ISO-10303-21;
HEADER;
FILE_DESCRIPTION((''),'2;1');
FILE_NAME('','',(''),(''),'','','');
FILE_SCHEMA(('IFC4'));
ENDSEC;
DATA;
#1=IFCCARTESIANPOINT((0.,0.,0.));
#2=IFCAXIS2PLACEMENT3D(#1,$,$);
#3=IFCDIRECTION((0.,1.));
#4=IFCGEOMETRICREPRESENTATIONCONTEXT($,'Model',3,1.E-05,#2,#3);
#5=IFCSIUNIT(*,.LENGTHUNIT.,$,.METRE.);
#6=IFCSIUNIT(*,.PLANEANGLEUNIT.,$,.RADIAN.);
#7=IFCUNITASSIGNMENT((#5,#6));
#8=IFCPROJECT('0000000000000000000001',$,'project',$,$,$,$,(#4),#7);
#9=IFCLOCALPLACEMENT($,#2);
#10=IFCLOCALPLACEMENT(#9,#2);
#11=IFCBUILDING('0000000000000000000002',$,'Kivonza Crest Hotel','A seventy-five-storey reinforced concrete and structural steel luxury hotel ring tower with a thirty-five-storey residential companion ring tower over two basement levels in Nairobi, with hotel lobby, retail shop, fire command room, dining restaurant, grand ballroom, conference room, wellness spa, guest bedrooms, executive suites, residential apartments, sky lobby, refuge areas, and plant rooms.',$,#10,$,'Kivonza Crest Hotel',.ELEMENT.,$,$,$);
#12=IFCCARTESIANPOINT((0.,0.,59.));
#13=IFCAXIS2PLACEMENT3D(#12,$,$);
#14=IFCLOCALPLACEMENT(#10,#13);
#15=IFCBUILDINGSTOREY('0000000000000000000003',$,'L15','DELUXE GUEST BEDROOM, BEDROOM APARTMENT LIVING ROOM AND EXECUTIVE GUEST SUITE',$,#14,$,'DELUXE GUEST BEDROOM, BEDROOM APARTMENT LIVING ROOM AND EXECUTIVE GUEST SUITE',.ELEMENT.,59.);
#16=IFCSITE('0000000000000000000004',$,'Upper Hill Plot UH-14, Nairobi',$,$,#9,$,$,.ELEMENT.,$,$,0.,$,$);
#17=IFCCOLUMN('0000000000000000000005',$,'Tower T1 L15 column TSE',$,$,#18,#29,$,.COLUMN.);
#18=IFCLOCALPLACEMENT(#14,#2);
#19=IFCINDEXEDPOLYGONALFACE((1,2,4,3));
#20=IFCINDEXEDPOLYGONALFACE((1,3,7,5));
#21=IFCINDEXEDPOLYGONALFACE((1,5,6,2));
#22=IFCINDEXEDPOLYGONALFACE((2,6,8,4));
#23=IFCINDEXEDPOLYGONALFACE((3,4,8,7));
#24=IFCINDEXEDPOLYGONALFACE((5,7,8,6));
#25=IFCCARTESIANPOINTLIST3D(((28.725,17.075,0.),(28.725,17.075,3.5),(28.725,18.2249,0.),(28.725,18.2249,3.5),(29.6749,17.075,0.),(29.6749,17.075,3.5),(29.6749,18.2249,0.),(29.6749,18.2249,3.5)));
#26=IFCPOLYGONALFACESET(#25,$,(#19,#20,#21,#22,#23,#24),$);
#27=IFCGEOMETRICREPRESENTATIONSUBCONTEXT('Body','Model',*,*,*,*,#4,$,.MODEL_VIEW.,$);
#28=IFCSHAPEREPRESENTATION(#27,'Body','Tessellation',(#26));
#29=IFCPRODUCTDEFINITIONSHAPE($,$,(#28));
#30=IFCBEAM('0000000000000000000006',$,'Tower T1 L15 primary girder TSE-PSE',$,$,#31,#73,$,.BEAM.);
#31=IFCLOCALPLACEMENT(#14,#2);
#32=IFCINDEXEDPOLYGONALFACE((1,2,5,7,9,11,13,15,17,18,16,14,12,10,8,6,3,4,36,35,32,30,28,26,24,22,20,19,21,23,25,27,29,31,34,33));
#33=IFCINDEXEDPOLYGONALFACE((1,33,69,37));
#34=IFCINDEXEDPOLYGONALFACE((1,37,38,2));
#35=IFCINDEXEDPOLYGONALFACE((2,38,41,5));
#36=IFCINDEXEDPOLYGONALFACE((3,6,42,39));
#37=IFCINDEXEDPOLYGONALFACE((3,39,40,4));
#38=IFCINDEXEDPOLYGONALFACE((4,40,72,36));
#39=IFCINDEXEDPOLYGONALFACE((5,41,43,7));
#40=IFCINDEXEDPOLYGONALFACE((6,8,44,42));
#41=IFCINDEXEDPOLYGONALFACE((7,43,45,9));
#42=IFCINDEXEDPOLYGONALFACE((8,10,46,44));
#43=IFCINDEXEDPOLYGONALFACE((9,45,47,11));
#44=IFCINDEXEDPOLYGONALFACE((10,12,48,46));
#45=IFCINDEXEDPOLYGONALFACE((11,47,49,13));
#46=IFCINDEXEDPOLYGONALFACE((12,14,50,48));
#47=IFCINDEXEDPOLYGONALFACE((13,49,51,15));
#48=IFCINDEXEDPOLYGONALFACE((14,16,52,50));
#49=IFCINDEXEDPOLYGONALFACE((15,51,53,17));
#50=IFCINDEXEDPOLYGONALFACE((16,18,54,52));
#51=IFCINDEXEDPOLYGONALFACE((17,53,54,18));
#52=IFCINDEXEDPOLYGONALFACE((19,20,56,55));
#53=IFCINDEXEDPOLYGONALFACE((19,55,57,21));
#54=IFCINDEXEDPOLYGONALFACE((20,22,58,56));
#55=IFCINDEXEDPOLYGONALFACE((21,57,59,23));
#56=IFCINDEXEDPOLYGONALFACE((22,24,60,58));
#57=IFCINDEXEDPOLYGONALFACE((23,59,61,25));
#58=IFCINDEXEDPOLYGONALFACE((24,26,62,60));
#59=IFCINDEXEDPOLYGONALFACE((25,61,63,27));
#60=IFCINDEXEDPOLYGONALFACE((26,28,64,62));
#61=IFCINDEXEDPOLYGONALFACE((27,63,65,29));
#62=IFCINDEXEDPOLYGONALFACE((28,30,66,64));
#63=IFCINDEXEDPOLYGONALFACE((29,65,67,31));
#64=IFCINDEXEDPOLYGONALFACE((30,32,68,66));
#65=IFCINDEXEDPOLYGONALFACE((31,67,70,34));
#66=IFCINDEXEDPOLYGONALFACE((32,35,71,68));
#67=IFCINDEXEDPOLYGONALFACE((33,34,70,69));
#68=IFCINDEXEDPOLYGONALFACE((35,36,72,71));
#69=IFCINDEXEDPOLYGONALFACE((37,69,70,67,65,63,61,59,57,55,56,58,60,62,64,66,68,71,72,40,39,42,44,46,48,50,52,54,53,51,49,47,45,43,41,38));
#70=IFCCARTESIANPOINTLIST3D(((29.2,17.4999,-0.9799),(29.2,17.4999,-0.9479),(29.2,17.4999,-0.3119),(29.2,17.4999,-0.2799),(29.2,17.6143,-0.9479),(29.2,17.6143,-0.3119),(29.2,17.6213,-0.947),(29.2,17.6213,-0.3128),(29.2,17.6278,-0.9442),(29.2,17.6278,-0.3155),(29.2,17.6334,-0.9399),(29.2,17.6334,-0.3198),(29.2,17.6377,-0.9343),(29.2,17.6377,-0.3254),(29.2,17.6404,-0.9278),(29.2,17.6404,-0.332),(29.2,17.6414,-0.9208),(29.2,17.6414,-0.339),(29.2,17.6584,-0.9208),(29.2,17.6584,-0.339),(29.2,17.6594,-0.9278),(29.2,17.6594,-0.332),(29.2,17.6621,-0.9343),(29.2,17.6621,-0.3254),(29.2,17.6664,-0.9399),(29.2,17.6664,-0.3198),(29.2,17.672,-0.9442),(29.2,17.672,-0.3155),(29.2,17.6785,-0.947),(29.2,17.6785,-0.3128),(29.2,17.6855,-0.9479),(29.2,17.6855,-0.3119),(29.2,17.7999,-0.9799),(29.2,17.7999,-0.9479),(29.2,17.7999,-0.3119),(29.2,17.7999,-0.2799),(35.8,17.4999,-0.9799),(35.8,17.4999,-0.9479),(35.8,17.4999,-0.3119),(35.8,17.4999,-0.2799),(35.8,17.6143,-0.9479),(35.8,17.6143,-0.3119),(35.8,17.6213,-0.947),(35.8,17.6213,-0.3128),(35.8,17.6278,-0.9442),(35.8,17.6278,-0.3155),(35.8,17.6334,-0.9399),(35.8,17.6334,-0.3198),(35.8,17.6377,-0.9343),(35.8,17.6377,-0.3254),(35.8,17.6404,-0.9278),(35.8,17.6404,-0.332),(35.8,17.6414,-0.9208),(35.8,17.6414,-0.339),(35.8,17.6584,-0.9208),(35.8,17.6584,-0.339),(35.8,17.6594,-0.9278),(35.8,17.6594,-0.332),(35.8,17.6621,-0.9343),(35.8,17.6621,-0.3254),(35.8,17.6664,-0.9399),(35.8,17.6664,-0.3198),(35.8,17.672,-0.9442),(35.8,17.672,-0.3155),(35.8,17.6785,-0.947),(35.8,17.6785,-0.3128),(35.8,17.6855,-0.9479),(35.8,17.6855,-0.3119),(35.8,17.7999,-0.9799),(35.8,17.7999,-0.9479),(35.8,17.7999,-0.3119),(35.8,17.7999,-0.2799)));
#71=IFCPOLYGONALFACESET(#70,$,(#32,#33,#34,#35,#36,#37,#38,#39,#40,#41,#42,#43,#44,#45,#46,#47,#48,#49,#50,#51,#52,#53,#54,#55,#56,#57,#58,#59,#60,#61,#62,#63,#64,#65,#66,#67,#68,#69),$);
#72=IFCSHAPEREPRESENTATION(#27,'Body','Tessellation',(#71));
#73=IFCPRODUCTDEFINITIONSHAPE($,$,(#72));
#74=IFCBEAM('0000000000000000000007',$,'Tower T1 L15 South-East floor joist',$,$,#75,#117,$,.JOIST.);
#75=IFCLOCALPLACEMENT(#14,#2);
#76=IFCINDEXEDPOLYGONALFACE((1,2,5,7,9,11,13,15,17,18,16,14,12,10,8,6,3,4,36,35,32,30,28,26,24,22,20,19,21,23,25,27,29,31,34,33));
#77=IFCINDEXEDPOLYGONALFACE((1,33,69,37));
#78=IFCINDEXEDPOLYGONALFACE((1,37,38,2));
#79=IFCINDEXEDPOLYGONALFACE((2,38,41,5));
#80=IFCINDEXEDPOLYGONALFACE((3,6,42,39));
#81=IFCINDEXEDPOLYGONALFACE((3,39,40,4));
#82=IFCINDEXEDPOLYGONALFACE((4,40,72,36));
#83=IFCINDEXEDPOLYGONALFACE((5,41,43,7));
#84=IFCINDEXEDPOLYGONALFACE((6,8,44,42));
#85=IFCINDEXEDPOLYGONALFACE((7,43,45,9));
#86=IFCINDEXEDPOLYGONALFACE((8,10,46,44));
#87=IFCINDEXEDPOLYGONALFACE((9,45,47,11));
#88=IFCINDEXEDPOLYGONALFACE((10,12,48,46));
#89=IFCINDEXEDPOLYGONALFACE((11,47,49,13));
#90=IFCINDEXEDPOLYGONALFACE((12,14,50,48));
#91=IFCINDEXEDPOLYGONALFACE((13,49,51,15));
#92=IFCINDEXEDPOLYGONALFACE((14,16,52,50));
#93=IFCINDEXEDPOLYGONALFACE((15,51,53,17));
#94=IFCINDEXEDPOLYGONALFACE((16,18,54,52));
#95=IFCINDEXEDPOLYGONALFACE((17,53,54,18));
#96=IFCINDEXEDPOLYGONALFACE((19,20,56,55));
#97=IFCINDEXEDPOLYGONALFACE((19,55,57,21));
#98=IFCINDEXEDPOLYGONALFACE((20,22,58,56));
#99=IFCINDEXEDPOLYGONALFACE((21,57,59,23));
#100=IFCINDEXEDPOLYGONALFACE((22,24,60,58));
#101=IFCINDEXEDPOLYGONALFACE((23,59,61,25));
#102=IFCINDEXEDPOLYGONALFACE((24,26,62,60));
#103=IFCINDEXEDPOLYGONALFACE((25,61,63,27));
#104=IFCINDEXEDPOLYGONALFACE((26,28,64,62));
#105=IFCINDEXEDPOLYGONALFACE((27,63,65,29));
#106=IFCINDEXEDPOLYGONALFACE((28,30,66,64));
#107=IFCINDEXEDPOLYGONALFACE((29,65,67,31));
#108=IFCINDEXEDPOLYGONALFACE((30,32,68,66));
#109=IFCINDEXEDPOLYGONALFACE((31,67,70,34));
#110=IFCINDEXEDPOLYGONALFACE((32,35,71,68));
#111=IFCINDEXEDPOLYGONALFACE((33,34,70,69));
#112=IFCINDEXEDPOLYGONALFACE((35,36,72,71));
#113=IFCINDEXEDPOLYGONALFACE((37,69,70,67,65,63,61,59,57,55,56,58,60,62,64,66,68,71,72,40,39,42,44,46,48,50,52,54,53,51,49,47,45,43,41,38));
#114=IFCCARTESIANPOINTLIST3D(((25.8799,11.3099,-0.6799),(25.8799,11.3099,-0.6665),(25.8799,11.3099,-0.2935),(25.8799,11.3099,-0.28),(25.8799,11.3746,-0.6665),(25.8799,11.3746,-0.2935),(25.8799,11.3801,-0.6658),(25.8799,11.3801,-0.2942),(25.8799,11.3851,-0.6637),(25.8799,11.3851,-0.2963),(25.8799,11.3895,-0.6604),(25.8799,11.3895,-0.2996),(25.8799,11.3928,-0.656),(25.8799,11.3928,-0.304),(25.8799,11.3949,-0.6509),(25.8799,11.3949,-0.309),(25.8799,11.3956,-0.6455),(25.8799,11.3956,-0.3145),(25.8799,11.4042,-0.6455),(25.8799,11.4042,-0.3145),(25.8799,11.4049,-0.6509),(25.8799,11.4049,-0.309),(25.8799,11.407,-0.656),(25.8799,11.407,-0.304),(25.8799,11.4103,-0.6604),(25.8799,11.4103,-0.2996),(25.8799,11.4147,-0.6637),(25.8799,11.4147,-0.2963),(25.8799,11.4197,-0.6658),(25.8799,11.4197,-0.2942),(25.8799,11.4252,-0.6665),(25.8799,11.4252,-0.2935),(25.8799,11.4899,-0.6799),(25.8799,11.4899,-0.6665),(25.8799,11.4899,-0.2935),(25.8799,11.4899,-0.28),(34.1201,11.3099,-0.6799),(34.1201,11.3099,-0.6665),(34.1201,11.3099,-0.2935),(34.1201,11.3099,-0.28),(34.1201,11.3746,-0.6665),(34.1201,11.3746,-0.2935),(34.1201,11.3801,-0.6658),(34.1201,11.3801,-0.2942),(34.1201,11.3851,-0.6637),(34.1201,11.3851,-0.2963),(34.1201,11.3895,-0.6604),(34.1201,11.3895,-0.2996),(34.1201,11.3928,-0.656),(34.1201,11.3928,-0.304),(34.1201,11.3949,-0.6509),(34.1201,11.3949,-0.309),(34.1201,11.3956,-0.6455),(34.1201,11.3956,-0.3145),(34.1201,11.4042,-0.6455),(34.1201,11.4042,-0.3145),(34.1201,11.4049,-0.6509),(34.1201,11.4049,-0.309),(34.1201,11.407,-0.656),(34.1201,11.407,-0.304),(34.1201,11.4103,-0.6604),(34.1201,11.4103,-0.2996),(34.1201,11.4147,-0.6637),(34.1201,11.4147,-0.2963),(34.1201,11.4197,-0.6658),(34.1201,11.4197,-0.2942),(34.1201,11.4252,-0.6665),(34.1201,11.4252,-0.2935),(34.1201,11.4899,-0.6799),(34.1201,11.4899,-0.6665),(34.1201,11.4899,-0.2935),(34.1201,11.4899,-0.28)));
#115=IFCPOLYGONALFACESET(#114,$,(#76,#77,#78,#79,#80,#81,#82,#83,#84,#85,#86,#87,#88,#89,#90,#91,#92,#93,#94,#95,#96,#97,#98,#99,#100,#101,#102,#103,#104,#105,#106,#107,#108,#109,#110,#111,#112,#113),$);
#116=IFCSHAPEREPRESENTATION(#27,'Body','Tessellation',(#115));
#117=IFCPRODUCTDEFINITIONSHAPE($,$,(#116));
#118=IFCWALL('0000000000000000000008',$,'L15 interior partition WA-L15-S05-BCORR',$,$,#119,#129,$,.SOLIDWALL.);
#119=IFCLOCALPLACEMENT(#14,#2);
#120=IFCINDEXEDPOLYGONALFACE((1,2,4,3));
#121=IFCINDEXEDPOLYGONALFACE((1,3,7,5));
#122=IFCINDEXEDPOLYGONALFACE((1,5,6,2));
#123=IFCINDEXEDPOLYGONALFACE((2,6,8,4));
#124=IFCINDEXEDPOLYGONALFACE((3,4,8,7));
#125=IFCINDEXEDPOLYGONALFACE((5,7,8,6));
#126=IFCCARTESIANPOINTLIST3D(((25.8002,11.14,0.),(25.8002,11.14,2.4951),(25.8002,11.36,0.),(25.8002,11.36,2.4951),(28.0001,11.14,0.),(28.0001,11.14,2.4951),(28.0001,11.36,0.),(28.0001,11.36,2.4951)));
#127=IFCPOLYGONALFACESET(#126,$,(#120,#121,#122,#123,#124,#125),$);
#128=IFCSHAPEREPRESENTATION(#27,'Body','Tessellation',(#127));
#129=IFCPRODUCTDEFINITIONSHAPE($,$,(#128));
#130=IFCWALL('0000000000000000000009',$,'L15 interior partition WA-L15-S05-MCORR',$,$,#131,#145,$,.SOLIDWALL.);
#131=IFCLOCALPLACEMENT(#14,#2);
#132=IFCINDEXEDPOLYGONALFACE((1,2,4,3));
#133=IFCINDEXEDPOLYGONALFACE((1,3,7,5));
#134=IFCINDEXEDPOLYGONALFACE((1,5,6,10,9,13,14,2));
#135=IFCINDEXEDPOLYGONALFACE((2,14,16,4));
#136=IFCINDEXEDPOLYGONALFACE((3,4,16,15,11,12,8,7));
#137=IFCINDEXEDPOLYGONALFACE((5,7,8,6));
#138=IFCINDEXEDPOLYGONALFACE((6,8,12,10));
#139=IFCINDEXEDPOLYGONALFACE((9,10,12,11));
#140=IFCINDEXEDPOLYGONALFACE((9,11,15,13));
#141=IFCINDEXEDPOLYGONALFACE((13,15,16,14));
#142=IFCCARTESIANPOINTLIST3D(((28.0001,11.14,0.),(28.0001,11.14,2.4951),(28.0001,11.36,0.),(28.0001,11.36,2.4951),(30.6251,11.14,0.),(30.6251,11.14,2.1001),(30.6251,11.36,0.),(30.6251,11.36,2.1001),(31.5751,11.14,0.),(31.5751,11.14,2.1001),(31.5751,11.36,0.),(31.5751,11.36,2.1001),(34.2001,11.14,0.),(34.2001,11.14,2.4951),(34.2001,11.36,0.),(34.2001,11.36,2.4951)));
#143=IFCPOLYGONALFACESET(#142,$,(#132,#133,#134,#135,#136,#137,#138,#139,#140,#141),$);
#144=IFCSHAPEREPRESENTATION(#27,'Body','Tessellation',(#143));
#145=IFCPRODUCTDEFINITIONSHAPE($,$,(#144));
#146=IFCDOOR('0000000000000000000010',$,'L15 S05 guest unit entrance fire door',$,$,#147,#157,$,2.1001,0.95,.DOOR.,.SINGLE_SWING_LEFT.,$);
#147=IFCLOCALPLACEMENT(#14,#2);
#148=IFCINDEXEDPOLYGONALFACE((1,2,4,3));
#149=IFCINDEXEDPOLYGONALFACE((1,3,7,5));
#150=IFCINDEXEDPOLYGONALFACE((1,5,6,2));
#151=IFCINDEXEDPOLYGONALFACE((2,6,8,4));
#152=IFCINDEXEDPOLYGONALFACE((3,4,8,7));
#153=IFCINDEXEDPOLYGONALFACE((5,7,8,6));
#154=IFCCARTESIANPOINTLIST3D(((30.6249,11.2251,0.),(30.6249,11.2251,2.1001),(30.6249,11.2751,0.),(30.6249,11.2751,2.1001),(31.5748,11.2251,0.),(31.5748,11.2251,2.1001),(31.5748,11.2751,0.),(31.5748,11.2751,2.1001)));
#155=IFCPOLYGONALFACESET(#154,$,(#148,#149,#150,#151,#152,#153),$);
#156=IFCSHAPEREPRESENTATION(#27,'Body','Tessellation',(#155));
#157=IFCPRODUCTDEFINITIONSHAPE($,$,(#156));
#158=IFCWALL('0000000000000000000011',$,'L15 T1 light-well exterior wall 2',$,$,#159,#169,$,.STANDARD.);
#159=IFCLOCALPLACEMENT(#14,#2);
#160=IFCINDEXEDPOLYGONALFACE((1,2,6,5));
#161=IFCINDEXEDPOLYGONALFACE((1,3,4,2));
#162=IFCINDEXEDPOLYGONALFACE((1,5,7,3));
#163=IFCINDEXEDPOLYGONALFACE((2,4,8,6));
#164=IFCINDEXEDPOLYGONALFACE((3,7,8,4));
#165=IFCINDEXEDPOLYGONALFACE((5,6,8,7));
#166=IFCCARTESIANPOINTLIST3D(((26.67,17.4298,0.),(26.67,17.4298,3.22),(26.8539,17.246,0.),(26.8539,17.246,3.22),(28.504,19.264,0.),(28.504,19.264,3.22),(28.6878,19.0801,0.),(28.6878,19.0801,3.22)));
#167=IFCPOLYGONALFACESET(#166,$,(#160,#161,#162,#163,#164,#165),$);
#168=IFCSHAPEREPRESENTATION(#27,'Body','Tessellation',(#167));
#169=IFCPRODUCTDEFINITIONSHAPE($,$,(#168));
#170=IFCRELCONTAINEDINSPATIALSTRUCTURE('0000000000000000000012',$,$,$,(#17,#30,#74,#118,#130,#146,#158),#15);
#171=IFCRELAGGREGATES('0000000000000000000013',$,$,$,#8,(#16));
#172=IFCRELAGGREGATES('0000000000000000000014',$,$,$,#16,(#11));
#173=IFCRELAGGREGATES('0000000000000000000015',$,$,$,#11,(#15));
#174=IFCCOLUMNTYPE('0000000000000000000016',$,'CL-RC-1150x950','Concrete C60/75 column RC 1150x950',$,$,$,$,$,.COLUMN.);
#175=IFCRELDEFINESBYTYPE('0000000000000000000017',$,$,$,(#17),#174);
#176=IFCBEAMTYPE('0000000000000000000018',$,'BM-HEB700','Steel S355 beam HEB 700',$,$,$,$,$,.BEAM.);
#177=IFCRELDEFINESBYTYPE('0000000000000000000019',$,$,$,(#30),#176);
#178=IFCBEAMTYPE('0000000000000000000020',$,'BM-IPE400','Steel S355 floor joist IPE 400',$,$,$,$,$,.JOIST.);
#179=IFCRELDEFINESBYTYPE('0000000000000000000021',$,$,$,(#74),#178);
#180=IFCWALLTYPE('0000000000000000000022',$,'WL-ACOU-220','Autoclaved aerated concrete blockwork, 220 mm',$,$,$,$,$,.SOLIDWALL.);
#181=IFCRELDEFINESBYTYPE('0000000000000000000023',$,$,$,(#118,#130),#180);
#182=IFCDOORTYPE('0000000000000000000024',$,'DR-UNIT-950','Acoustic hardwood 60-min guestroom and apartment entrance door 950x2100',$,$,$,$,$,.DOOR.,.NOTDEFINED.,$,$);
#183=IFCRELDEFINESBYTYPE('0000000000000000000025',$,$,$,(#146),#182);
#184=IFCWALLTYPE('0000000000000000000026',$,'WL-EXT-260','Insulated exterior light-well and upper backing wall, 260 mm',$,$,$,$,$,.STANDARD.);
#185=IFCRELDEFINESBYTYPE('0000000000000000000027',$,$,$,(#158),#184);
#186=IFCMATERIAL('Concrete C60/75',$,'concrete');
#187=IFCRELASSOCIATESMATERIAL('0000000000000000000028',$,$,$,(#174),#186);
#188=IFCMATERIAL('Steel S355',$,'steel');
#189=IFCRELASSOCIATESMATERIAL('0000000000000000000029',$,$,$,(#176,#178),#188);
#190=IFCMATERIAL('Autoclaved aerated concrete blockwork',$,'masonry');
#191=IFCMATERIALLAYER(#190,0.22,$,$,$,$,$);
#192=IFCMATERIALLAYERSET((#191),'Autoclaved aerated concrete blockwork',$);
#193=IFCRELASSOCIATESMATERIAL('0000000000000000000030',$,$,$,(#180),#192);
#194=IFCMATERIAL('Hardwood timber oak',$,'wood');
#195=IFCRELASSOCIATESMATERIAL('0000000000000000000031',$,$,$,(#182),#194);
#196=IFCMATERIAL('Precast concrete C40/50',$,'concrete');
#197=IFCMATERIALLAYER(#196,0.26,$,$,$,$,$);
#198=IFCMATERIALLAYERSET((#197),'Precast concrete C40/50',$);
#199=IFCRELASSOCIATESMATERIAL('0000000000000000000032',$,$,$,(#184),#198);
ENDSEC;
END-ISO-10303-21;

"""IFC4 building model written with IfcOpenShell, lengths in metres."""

from ifc_helpers import new_model, si_unit, direction, frame, frame_2d, origin, origin_2d, place, context, subcontext, project, spatial, rectangle, i_section, extrude, material, layer, layer_set, material_profile, profile_set, type_object, element, fill, save


model = new_model("IFC4")

# Units and contexts
model_context = context("Model", 3, precision=1e-05, world=origin(), true_north=direction((0.0, 1.0)))
body_context = subcontext(model_context, "Body", "Model", "MODEL_VIEW")
ifc_project = project(units=[si_unit("LENGTHUNIT", "METRE"), si_unit("PLANEANGLEUNIT", "RADIAN")], contexts=[model_context])

# Site, building, storey
site_placement = place(None, origin())
site = spatial("IfcSite", under=ifc_project, at=site_placement, Name="Upper Hill Plot UH-14, Nairobi", CompositionType="ELEMENT", RefElevation=0.0)
building_placement = place(site_placement, origin())
building = spatial("IfcBuilding", under=site, at=building_placement, Name="Kivonza Crest Hotel", Description="A seventy-five-storey reinforced concrete and structural steel luxury hotel ring tower with a thirty-five-storey residential companion ring tower over two basement levels in Nairobi, with hotel lobby, retail shop, fire command room, dining restaurant, grand ballroom, conference room, wellness spa, guest bedrooms, executive suites, residential apartments, sky lobby, refuge areas, and plant rooms.", LongName="Kivonza Crest Hotel", CompositionType="ELEMENT")
storey_placement = place(building_placement, frame((0.0, 0.0, 59.0)))
storey = spatial("IfcBuildingStorey", under=building, at=storey_placement, Name="L15", Description="DELUXE GUEST BEDROOM, BEDROOM APARTMENT LIVING ROOM AND EXECUTIVE GUEST SUITE", LongName="DELUXE GUEST BEDROOM, BEDROOM APARTMENT LIVING ROOM AND EXECUTIVE GUEST SUITE", CompositionType="ELEMENT", Elevation=59.0)

# Column
ifc_material_1 = material(Name="Concrete C60/75", Category="concrete")
ifc_material_profile_1 = material_profile(ifc_material_1, rectangle(XDim=0.95, YDim=1.1499, at=origin_2d()), Name="RC 1150x950")
ifc_profile_set_1 = profile_set([ifc_material_profile_1], Name="Concrete C60/75")
column_type = type_object("IfcColumnType", Name="CL-RC-1150x950", Description="Concrete C60/75 column RC 1150x950", PredefinedType="COLUMN", material=ifc_profile_set_1)
column_placement = place(storey_placement, frame((29.2, 17.6499, 0.0), z_axis=(0.0, 0.0, 1.0), x_axis=(1.0, 0.0, 0.0)))
element("IfcColumn", 1, at=column_placement, inside=storey, type_object=column_type, Name="Tower T1 L15 column TSE", PredefinedType="COLUMN", context=body_context, shape_type="SweptSolid", body=[
    extrude(rectangle(XDim=0.95, YDim=1.1499, at=origin_2d()), origin(), (0.0, 0.0, 1.0), 3.5),
])

# Beams
ifc_material_2 = material(Name="Steel S355", Category="steel")
ifc_material_profile_2 = material_profile(ifc_material_2, i_section(OverallWidth=0.3, OverallDepth=0.7, WebThickness=0.0171, FlangeThickness=0.032, FilletRadius=0.0271, at=origin_2d()), Name="HEB 700")
ifc_profile_set_2 = profile_set([ifc_material_profile_2], Name="Steel S355")
beam_type_1 = type_object("IfcBeamType", Name="BM-HEB700", Description="Steel S355 beam HEB 700", PredefinedType="BEAM", material=ifc_profile_set_2)
beam_1_placement = place(storey_placement, frame((29.2, 17.6499, -0.6299), z_axis=(1.0, 0.0, 0.0), x_axis=(0.0, 1.0, 0.0)))
element("IfcBeam", 2, at=beam_1_placement, inside=storey, type_object=beam_type_1, Name="Tower T1 L15 primary girder TSE-PSE", PredefinedType="BEAM", context=body_context, shape_type="SweptSolid", body=[
    extrude(i_section(OverallWidth=0.3, OverallDepth=0.7, WebThickness=0.0171, FlangeThickness=0.032, FilletRadius=0.0271, at=origin_2d()), origin(), (0.0, 0.0, 1.0), 6.6001),
])
ifc_material_profile_3 = material_profile(ifc_material_2, i_section(OverallWidth=0.1799, OverallDepth=0.3999, WebThickness=0.0085, FlangeThickness=0.0134, FilletRadius=0.021, at=origin_2d()), Name="IPE 400")
ifc_profile_set_3 = profile_set([ifc_material_profile_3], Name="Steel S355")
beam_type_2 = type_object("IfcBeamType", Name="BM-IPE400", Description="Steel S355 floor joist IPE 400", PredefinedType="JOIST", material=ifc_profile_set_3)
beam_2_placement = place(storey_placement, frame((25.8799, 11.3999, -0.48), z_axis=(1.0, 0.0, 0.0), x_axis=(0.0, 1.0, 0.0)))
element("IfcBeam", 3, at=beam_2_placement, inside=storey, type_object=beam_type_2, Name="Tower T1 L15 South-East floor joist", PredefinedType="JOIST", context=body_context, shape_type="SweptSolid", body=[
    extrude(i_section(OverallWidth=0.1799, OverallDepth=0.3999, WebThickness=0.0085, FlangeThickness=0.0134, FilletRadius=0.021, at=origin_2d()), origin(), (0.0, 0.0, 1.0), 8.2402),
])

# Wall
ifc_material_3 = material(Name="Autoclaved aerated concrete blockwork", Category="masonry")
ifc_layer_1 = layer(ifc_material_3, 0.22)
ifc_layer_set_1 = layer_set([ifc_layer_1], Name="Autoclaved aerated concrete blockwork")
wall_type_1 = type_object("IfcWallType", Name="WL-ACOU-220", Description="Autoclaved aerated concrete blockwork, 220 mm", PredefinedType="SOLIDWALL", material=ifc_layer_set_1)
wall_1_placement = place(storey_placement, frame((25.8, 11.25, 0.0), z_axis=(0.0, 0.0, 1.0), x_axis=(1.0, 0.0, 0.0)))
element("IfcWall", 4, at=wall_1_placement, inside=storey, type_object=wall_type_1, Name="L15 interior partition WA-L15-S05-BCORR", PredefinedType="SOLIDWALL", context=body_context, shape_type="SweptSolid", body=[
    extrude(rectangle(XDim=2.2, YDim=0.22, at=frame_2d((1.1001, 0.0))), origin(), (0.0, 0.0, 1.0), 2.4951),
])

# Wall, opening, door
wall_2_placement = place(storey_placement, frame((28.0, 11.25, 0.0), z_axis=(0.0, 0.0, 1.0), x_axis=(1.0, 0.0, 0.0)))
wall_2 = element("IfcWall", 5, at=wall_2_placement, inside=storey, type_object=wall_type_1, Name="L15 interior partition WA-L15-S05-MCORR", PredefinedType="SOLIDWALL", context=body_context, shape_type="SweptSolid", body=[
    extrude(rectangle(XDim=6.2, YDim=0.22, at=frame_2d((3.1001, 0.0))), origin(), (0.0, 0.0, 1.0), 2.4951),
])
opening_1_placement = place(wall_2_placement, frame((2.625, 0.0, 0.0)))
opening_1 = element("IfcOpeningElement", 6, at=opening_1_placement, cuts=wall_2, PredefinedType="OPENING", context=body_context, shape_type="SweptSolid", body=[
    extrude(rectangle(XDim=0.95, YDim=2.1001, at=frame_2d((0.4751, 1.05))), frame((0.0, 0.1201, 0.0), z_axis=(0.0, -1.0, 0.0), x_axis=(1.0, 0.0, 0.0)), (0.0, 0.0, 1.0), 0.24),
])
ifc_material_4 = material(Name="Hardwood timber oak", Category="wood")
door_type_1 = type_object("IfcDoorType", Name="DR-UNIT-950", Description="Acoustic hardwood 60-min guestroom and apartment entrance door 950x2100", OperationType="NOTDEFINED", PredefinedType="DOOR", material=ifc_material_4)
door_1_placement = place(opening_1_placement, frame((0.95, 0.0, 0.0), z_axis=(0.0, 0.0, 1.0), x_axis=(-1.0, 0.0, 0.0)))
door_1 = element("IfcDoor", 7, at=door_1_placement, inside=storey, type_object=door_type_1, Name="L15 S05 guest unit entrance fire door", OperationType="SINGLE_SWING_LEFT", OverallHeight=2.1001, OverallWidth=0.95, PredefinedType="DOOR", context=body_context, shape_type="SweptSolid", body=[
    extrude(rectangle(XDim=0.95, YDim=2.1001, at=frame_2d((0.4751, 1.05))), frame((0.0, 0.0249, 0.0), z_axis=(0.0, -1.0, 0.0), x_axis=(1.0, 0.0, 0.0)), (0.0, 0.0, 1.0), 0.05),
])
fill(opening_1, door_1)

# Wall
ifc_material_5 = material(Name="Precast concrete C40/50", Category="concrete")
ifc_layer_2 = layer(ifc_material_5, 0.26)
ifc_layer_set_2 = layer_set([ifc_layer_2], Name="Precast concrete C40/50")
wall_type_2 = type_object("IfcWallType", Name="WL-EXT-260", Description="Insulated exterior light-well and upper backing wall, 260 mm", PredefinedType="STANDARD", material=ifc_layer_set_2)
wall_3_placement = place(storey_placement, frame((26.762, 17.3379, 0.0), z_axis=(0.0, 0.0, 1.0), x_axis=(0.70706, 0.707154, 0.0)))
element("IfcWall", 8, at=wall_3_placement, inside=storey, type_object=wall_type_2, Name="L15 T1 light-well exterior wall 2", PredefinedType="STANDARD", context=body_context, shape_type="SweptSolid", body=[
    extrude(rectangle(XDim=2.5938, YDim=0.26, at=frame_2d((1.2969, 0.0))), origin(), (0.0, 0.0, 1.0), 3.22),
])

save(model, "model.ifc")
